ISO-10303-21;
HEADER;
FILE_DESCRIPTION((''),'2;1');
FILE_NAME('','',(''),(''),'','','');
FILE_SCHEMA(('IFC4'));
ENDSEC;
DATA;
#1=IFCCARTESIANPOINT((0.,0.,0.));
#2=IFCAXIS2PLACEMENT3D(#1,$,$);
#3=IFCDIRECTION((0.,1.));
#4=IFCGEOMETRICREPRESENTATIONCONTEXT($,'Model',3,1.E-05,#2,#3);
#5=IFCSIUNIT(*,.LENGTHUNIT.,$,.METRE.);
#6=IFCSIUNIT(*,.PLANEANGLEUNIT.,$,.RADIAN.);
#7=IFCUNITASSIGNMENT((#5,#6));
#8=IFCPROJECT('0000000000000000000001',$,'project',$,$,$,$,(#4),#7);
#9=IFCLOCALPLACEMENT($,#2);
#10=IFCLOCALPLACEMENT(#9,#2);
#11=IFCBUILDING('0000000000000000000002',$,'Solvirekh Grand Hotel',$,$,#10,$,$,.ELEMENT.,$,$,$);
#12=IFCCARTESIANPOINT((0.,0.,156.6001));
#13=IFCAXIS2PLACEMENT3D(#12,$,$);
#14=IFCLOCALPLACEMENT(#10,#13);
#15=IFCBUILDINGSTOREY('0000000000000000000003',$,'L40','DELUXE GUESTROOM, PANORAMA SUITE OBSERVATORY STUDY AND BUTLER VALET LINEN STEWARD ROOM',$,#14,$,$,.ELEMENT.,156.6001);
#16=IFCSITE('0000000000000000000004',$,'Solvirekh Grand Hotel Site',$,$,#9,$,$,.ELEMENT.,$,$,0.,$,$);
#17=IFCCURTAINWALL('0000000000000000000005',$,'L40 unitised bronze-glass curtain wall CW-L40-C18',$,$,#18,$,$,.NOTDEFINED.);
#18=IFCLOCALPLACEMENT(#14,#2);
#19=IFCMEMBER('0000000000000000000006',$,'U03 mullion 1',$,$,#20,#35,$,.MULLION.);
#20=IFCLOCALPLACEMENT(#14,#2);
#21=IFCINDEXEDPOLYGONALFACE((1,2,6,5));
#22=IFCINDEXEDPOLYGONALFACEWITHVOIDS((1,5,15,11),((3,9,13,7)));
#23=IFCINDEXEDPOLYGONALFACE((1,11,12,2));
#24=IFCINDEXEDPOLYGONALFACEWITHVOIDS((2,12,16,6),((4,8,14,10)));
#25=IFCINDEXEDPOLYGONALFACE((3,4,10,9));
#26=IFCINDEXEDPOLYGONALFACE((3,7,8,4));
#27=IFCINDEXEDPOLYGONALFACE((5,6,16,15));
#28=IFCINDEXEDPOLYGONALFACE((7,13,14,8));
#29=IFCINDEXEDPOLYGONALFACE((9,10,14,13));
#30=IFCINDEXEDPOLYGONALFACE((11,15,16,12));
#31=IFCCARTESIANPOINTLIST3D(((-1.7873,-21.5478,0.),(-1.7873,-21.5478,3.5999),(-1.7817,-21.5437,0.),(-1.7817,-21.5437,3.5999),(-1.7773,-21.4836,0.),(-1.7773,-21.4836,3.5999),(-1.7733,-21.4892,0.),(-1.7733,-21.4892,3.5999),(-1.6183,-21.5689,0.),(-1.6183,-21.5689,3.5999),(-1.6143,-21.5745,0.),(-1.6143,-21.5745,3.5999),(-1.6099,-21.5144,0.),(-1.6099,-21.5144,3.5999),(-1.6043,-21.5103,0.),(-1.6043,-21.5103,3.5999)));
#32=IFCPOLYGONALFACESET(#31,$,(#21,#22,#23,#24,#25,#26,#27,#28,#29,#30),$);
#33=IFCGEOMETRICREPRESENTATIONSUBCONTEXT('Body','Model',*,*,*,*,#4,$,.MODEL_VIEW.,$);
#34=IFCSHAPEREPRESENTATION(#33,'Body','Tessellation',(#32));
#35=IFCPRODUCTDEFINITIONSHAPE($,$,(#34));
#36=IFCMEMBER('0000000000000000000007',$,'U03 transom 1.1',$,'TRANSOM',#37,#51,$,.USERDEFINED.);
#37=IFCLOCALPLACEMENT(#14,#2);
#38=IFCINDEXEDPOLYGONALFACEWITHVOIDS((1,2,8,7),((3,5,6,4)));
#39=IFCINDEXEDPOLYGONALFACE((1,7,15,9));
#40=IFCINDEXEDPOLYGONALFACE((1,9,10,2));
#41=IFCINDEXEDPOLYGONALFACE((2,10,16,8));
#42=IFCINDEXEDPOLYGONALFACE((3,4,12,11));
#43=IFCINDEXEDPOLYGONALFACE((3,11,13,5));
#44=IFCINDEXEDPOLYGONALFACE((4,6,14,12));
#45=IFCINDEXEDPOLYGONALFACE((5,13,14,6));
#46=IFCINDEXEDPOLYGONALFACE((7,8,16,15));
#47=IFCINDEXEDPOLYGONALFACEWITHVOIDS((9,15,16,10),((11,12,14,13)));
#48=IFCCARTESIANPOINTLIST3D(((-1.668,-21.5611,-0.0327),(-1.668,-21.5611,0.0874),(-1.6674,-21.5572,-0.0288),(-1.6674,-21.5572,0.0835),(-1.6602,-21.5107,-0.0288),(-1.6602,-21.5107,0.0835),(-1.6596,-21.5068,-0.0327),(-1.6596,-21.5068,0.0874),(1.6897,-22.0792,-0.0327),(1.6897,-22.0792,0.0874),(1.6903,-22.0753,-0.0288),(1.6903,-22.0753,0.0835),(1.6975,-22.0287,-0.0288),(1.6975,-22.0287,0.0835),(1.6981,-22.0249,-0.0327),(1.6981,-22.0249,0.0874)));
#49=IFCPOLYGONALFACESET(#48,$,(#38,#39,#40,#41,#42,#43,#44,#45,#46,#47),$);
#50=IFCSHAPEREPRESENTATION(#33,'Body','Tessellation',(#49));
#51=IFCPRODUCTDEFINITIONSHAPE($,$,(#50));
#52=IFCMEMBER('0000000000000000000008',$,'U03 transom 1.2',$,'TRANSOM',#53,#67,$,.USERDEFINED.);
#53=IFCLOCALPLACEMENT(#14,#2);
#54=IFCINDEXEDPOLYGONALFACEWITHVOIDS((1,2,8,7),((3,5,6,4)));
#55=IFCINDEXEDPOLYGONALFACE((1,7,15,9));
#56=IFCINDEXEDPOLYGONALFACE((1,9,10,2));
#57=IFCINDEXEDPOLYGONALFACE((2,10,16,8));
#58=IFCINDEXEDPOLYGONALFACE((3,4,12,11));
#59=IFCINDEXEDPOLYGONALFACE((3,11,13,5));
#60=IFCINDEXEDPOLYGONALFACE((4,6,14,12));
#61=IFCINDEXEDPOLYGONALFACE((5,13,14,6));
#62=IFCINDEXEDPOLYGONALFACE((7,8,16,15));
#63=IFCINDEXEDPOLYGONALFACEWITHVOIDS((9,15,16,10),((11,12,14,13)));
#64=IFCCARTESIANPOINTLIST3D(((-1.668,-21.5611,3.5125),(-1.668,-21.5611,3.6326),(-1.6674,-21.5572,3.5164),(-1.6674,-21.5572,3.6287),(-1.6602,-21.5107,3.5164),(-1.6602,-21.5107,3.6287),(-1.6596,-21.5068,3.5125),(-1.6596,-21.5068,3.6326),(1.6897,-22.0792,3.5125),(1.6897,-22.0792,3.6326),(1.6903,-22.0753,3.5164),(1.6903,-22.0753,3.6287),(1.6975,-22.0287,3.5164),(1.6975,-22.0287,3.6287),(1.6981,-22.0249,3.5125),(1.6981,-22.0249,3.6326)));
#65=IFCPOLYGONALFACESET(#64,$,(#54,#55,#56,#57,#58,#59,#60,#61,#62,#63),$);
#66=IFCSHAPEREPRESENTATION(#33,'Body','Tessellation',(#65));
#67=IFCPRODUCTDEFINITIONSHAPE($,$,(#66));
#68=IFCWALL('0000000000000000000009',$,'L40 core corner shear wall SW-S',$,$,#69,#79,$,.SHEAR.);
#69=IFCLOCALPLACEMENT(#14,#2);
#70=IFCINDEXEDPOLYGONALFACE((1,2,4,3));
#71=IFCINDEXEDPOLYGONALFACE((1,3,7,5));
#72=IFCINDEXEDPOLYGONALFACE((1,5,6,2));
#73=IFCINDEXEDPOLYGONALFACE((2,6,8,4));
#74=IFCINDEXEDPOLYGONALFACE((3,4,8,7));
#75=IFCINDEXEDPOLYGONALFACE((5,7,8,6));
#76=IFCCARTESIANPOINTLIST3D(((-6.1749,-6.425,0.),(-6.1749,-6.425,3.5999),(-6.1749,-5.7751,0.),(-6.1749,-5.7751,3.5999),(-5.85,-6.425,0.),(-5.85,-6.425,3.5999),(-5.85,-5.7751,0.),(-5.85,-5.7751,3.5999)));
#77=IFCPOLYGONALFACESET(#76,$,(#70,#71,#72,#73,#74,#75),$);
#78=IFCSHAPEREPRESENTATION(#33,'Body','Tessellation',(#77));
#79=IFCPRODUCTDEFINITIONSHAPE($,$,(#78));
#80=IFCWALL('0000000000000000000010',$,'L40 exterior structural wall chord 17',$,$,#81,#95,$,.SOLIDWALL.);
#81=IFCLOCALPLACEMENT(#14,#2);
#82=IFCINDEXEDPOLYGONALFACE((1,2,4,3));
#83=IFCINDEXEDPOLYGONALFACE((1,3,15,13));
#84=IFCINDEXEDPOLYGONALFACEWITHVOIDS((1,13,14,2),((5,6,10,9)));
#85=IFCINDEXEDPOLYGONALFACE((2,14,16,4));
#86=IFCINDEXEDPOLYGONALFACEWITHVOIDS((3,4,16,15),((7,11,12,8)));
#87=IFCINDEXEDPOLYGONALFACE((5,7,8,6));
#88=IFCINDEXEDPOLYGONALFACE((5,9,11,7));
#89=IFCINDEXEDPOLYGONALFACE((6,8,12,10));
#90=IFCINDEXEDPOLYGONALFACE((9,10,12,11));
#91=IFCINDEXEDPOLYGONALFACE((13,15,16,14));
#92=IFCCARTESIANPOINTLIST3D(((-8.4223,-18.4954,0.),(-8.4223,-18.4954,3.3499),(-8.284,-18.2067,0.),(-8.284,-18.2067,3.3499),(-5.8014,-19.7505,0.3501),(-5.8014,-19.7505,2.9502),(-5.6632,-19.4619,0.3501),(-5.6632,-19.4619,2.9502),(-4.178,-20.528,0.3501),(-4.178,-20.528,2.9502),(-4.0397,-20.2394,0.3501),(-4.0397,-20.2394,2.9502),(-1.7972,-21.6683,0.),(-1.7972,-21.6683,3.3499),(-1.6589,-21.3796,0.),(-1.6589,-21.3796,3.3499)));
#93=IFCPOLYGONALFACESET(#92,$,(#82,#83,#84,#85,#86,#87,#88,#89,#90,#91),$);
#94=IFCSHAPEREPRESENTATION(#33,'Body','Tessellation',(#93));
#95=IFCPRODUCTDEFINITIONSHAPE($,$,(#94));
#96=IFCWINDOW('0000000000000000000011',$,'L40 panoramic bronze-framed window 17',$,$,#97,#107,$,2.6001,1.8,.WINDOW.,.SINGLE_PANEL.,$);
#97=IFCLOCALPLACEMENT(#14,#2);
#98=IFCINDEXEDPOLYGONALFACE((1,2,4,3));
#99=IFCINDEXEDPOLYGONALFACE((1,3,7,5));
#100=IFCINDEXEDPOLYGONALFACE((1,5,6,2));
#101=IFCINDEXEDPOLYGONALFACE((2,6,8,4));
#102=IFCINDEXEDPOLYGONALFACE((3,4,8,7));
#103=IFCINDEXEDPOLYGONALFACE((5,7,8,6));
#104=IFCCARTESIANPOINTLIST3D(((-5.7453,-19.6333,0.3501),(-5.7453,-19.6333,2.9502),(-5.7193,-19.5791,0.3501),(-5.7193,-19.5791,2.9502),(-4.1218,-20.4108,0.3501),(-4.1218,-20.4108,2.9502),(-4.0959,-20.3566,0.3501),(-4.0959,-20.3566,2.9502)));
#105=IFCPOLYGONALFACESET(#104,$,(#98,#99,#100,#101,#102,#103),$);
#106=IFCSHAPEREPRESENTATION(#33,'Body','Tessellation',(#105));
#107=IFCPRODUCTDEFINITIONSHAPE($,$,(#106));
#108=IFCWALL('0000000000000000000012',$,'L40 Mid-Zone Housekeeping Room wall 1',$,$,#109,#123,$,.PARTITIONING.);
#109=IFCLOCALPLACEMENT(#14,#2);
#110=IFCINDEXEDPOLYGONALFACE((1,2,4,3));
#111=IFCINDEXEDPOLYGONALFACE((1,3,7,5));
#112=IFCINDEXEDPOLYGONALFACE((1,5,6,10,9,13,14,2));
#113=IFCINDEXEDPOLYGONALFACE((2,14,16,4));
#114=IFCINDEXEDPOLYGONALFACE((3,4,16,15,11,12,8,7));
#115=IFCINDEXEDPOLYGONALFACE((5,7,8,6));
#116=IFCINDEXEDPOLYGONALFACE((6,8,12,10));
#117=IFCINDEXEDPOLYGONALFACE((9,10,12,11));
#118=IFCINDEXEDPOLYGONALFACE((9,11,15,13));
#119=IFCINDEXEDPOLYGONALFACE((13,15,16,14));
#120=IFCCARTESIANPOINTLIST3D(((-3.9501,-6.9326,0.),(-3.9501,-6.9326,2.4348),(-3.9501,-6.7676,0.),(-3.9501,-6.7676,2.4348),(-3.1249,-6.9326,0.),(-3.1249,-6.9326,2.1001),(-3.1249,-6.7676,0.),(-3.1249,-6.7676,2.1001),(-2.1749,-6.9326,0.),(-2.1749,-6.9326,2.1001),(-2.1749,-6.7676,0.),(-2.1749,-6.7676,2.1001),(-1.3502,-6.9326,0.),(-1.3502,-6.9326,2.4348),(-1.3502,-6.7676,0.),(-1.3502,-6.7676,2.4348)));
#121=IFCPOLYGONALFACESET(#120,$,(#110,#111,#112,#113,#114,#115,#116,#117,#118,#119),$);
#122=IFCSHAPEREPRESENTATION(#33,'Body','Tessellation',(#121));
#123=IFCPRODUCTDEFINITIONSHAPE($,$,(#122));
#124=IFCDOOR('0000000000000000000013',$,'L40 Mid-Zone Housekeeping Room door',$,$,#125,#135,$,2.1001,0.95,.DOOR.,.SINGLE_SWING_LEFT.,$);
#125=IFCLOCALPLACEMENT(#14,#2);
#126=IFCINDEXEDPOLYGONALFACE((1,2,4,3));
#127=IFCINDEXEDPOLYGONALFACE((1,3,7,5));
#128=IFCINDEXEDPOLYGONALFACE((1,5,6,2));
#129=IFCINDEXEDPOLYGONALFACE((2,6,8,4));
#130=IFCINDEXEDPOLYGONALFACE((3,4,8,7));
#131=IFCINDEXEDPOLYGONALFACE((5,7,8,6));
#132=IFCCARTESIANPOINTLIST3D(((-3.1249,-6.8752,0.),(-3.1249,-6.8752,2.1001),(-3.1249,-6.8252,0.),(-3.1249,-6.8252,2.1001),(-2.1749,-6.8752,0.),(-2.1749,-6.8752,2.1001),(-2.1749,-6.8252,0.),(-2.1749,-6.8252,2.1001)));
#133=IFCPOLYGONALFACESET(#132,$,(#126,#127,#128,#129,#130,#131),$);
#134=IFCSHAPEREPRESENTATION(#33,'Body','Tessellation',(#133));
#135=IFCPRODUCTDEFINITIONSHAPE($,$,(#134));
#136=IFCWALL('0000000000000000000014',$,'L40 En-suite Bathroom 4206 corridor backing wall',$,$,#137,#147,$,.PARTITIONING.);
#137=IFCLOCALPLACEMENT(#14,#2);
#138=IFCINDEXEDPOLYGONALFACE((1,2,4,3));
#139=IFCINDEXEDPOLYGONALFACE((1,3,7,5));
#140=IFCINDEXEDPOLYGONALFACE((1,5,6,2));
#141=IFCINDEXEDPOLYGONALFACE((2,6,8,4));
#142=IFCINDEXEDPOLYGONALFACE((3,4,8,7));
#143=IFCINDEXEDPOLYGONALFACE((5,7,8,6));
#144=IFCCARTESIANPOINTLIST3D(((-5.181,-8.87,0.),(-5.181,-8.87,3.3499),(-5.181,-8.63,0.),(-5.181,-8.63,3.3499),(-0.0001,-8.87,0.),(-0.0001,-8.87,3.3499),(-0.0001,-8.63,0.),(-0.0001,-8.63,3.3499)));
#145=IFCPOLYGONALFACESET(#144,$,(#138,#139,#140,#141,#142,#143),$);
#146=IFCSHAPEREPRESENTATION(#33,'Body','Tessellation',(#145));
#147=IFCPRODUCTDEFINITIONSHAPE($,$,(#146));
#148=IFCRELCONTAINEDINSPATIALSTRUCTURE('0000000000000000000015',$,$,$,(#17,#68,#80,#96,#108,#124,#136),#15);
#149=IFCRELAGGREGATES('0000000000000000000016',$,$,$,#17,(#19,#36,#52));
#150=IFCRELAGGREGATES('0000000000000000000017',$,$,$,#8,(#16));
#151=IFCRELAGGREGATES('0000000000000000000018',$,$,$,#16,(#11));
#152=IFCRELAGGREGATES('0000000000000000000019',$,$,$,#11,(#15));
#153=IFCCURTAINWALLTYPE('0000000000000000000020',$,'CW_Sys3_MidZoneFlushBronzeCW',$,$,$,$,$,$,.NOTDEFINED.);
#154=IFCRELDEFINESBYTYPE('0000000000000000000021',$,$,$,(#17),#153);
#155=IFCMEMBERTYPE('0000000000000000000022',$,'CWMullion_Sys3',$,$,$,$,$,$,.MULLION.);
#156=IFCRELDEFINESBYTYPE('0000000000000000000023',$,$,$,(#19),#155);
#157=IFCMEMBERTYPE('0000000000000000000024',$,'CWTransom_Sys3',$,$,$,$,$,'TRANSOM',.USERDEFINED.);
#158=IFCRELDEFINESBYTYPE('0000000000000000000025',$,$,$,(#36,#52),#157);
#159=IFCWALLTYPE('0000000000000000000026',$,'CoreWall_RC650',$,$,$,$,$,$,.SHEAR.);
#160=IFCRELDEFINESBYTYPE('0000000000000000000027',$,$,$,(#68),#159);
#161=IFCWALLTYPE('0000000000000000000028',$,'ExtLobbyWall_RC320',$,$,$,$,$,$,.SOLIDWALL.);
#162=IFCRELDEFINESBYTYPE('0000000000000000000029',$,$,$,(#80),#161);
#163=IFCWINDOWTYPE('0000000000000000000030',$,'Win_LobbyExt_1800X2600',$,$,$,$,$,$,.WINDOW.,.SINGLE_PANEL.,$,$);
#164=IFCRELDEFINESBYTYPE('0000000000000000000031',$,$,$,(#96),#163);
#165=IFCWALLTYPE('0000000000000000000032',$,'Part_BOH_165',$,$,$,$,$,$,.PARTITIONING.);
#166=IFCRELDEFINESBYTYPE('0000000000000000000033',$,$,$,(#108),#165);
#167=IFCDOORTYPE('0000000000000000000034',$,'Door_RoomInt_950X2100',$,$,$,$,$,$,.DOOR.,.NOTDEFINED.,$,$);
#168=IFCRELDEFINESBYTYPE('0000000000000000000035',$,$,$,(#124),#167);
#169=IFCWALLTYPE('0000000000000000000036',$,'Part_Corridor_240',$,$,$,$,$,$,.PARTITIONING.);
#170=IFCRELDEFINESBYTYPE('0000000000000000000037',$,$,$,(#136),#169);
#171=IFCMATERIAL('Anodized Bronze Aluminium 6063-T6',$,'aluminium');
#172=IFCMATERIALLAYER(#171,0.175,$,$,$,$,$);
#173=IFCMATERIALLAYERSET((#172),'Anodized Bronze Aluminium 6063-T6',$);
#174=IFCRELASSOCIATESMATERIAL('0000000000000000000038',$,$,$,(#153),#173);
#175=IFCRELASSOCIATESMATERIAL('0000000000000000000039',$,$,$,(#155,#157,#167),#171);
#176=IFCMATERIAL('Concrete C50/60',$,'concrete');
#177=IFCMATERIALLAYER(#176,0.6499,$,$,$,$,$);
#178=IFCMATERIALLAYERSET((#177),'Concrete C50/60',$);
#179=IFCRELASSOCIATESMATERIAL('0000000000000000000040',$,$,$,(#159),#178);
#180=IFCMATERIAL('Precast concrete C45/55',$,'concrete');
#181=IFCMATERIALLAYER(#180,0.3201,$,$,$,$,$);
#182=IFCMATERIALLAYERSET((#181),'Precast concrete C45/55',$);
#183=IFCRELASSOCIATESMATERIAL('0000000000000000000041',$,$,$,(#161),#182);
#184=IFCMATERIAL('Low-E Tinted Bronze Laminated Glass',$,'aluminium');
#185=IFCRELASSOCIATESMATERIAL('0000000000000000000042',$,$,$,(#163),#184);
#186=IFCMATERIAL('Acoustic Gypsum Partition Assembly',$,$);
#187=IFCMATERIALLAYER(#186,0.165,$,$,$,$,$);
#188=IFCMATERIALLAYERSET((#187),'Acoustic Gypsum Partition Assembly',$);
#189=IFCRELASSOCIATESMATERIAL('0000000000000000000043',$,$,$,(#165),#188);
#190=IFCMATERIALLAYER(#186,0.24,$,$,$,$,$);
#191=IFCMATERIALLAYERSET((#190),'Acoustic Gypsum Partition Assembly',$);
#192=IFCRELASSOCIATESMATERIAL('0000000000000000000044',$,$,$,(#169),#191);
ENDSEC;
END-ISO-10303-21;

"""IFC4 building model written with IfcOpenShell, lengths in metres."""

from ifc_helpers import new_model, si_unit, direction, frame, frame_2d, origin, origin_2d, place, context, subcontext, project, spatial, rectangle, hollow_rectangle, extrude, source, transform, mapped, material, layer, layer_set, material_profile, profile_set, type_object, element, fill, aggregate, save


model = new_model("IFC4")

# Units and contexts
model_context = context("Model", 3, precision=1e-05, world=origin(), true_north=direction((0.0, 1.0)))
body_context = subcontext(model_context, "Body", "Model", "MODEL_VIEW")
ifc_project = project(units=[si_unit("LENGTHUNIT", "METRE"), si_unit("PLANEANGLEUNIT", "RADIAN")], contexts=[model_context])

# Site, building, storey
site_placement = place(None, origin())
site = spatial("IfcSite", under=ifc_project, at=site_placement, Name="Solvirekh Grand Hotel Site", CompositionType="ELEMENT", RefElevation=0.0)
building_placement = place(site_placement, origin())
building = spatial("IfcBuilding", under=site, at=building_placement, Name="Solvirekh Grand Hotel", CompositionType="ELEMENT")
storey_placement = place(building_placement, frame((0.0, 0.0, 156.6001)))
storey = spatial("IfcBuildingStorey", under=building, at=storey_placement, Name="L40", Description="DELUXE GUESTROOM, PANORAMA SUITE OBSERVATORY STUDY AND BUTLER VALET LINEN STEWARD ROOM", CompositionType="ELEMENT", Elevation=156.6001)

# Shared definitions
ifc_material_1 = material(Name="Concrete C50/60", Category="concrete")

# Curtain wall, members
ifc_material_2 = material(Name="Anodized Bronze Aluminium 6063-T6", Category="aluminium")
ifc_layer_1 = layer(ifc_material_2, 0.175)
ifc_layer_set_1 = layer_set([ifc_layer_1], Name="Anodized Bronze Aluminium 6063-T6")
curtain_wall_type = type_object("IfcCurtainWallType", Name="CW_Sys3_MidZoneFlushBronzeCW", PredefinedType="NOTDEFINED", material=ifc_layer_set_1)
curtain_wall_placement = place(storey_placement, origin())
curtain_wall = element("IfcCurtainWall", 1, at=curtain_wall_placement, inside=storey, type_object=curtain_wall_type, Name="L40 unitised bronze-glass curtain wall CW-L40-C18", PredefinedType="NOTDEFINED")
ifc_material_profile_1 = material_profile(ifc_material_2, hollow_rectangle(XDim=0.0649, YDim=0.175, WallThickness=0.0049, at=origin_2d()), Name="ALU RHS 175X65X5")
ifc_profile_set_1 = profile_set([ifc_material_profile_1], Name="Anodized Bronze Aluminium 6063-T6")
member_type_1 = type_object("IfcMemberType", Name="CWMullion_Sys3", PredefinedType="MULLION", material=ifc_profile_set_1)
shared_shape_1 = source(origin(), body_context, "Body", "SweptSolid", [
    extrude(hollow_rectangle(XDim=0.0649, YDim=0.175, WallThickness=0.0049, at=origin_2d()), origin(), (0.0, 0.0, 1.0), 3.5999),
])
member_1_placement = place(storey_placement, frame((-1.6958, -21.5291, 0.0), z_axis=(0.0, 0.0, 1.0), x_axis=(0.152509, 0.988302, 0.0)))
member_1 = element("IfcMember", 2, at=member_1_placement, type_object=member_type_1, Name="U03 mullion 1", PredefinedType="MULLION", context=body_context, shape_type="MappedRepresentation", body=[
    mapped(shared_shape_1, transform((0.0, 0.0, 0.0), x_axis=(1.0, 0.0, 0.0), y_axis=(0.0, 1.0, 0.0), z_axis=(0.0, 0.0, 1.0), scale=1.0)),
])
ifc_material_profile_2 = material_profile(ifc_material_2, hollow_rectangle(XDim=0.0549, YDim=0.1201, WallThickness=0.0039, at=origin_2d()), Name="ALU RHS 120X55X4")
ifc_profile_set_2 = profile_set([ifc_material_profile_2], Name="Anodized Bronze Aluminium 6063-T6")
member_type_2 = type_object("IfcMemberType", Name="CWTransom_Sys3", ElementType="TRANSOM", PredefinedType="USERDEFINED", material=ifc_profile_set_2)
shared_shape_2 = source(origin(), body_context, "Body", "SweptSolid", [
    extrude(hollow_rectangle(XDim=0.0549, YDim=0.1201, WallThickness=0.0039, at=origin_2d()), origin(), (0.0, 0.0, 1.0), 3.3975),
])
member_2_placement = place(storey_placement, frame((-1.6638, -21.5339, 0.0273), z_axis=(0.988305, -0.152489, 0.0), x_axis=(0.152489, 0.988305, 0.0)))
member_2 = element("IfcMember", 3, at=member_2_placement, type_object=member_type_2, Name="U03 transom 1.1", ObjectType="TRANSOM", PredefinedType="USERDEFINED", context=body_context, shape_type="MappedRepresentation", body=[
    mapped(shared_shape_2, transform((0.0, 0.0, 0.0), x_axis=(1.0, 0.0, 0.0), y_axis=(0.0, 1.0, 0.0), z_axis=(0.0, 0.0, 1.0), scale=1.0)),
])
member_3_placement = place(storey_placement, frame((-1.6638, -21.5339, 3.5725), z_axis=(0.988305, -0.152489, 0.0), x_axis=(0.152489, 0.988305, 0.0)))
member_3 = element("IfcMember", 4, at=member_3_placement, type_object=member_type_2, Name="U03 transom 1.2", ObjectType="TRANSOM", PredefinedType="USERDEFINED", context=body_context, shape_type="MappedRepresentation", body=[
    mapped(shared_shape_2, transform((0.0, 0.0, 0.0), x_axis=(1.0, 0.0, 0.0), y_axis=(0.0, 1.0, 0.0), z_axis=(0.0, 0.0, 1.0), scale=1.0)),
])
aggregate(curtain_wall, [member_1, member_2, member_3])

# Wall
ifc_layer_2 = layer(ifc_material_1, 0.6499)
ifc_layer_set_2 = layer_set([ifc_layer_2], Name="Concrete C50/60")
wall_type_1 = type_object("IfcWallType", Name="CoreWall_RC650", PredefinedType="SHEAR", material=ifc_layer_set_2)
wall_1_placement = place(storey_placement, frame((-6.175, -6.1001, 0.0), z_axis=(0.0, 0.0, 1.0), x_axis=(1.0, 0.0, 0.0)))
element("IfcWall", 5, at=wall_1_placement, inside=storey, type_object=wall_type_1, Name="L40 core corner shear wall SW-S", PredefinedType="SHEAR", context=body_context, shape_type="SweptSolid", body=[
    extrude(rectangle(XDim=0.325, YDim=0.6499, at=frame_2d((0.1626, 0.0))), origin(), (0.0, 0.0, 1.0), 3.5999),
])

# Wall, opening, window
ifc_material_3 = material(Name="Precast concrete C45/55", Category="concrete")
ifc_layer_3 = layer(ifc_material_3, 0.3201)
ifc_layer_set_3 = layer_set([ifc_layer_3], Name="Precast concrete C45/55")
wall_type_2 = type_object("IfcWallType", Name="ExtLobbyWall_RC320", PredefinedType="SOLIDWALL", material=ifc_layer_set_3)
wall_2_placement = place(storey_placement, frame((-1.728, -21.5239, 0.0), z_axis=(0.0, 0.0, 1.0), x_axis=(-0.901902, 0.43194, 0.0)))
wall_2 = element("IfcWall", 6, at=wall_2_placement, inside=storey, type_object=wall_type_2, Name="L40 exterior structural wall chord 17", PredefinedType="SOLIDWALL", context=body_context, shape_type="SweptSolid", body=[
    extrude(rectangle(XDim=7.3457, YDim=0.3201, at=frame_2d((3.6729, 0.0))), origin(), (0.0, 0.0, 1.0), 3.3499),
])
opening_1_placement = place(wall_2_placement, frame((2.6399, 0.0, 0.3501)))
opening_1 = element("IfcOpeningElement", 7, at=opening_1_placement, cuts=wall_2, PredefinedType="OPENING", context=body_context, shape_type="SweptSolid", body=[
    extrude(rectangle(XDim=1.8, YDim=2.6001, at=frame_2d((0.8999, 1.3))), frame((0.0, 0.1699, 0.0), z_axis=(0.0, -1.0, 0.0), x_axis=(1.0, 0.0, 0.0)), (0.0, 0.0, 1.0), 0.3401),
])
ifc_material_4 = material(Name="Low-E Tinted Bronze Laminated Glass", Category="aluminium")
window_type = type_object("IfcWindowType", Name="Win_LobbyExt_1800X2600", PartitioningType="SINGLE_PANEL", PredefinedType="WINDOW", material=ifc_material_4)
window_placement = place(opening_1_placement, origin())
window = element("IfcWindow", 8, at=window_placement, inside=storey, type_object=window_type, Name="L40 panoramic bronze-framed window 17", OverallHeight=2.6001, OverallWidth=1.8, PartitioningType="SINGLE_PANEL", PredefinedType="WINDOW", context=body_context, shape_type="SweptSolid", body=[
    extrude(rectangle(XDim=1.8, YDim=2.6001, at=frame_2d((0.8999, 1.3))), frame((0.0, 0.03, 0.0), z_axis=(0.0, -1.0, 0.0), x_axis=(1.0, 0.0, 0.0)), (0.0, 0.0, 1.0), 0.0601),
])
fill(opening_1, window)

# Wall, opening, door
ifc_material_5 = material(Name="Acoustic Gypsum Partition Assembly")
ifc_layer_4 = layer(ifc_material_5, 0.165)
ifc_layer_set_4 = layer_set([ifc_layer_4], Name="Acoustic Gypsum Partition Assembly")
wall_type_3 = type_object("IfcWallType", Name="Part_BOH_165", PredefinedType="PARTITIONING", material=ifc_layer_set_4)
wall_3_placement = place(storey_placement, frame((-3.95, -6.8501, 0.0), z_axis=(0.0, 0.0, 1.0), x_axis=(1.0, 0.0, 0.0)))
wall_3 = element("IfcWall", 9, at=wall_3_placement, inside=storey, type_object=wall_type_3, Name="L40 Mid-Zone Housekeeping Room wall 1", PredefinedType="PARTITIONING", context=body_context, shape_type="SweptSolid", body=[
    extrude(rectangle(XDim=2.5999, YDim=0.165, at=frame_2d((1.2998, 0.0))), origin(), (0.0, 0.0, 1.0), 2.4348),
])
opening_2_placement = place(wall_3_placement, frame((0.825, 0.0, 0.0)))
opening_2 = element("IfcOpeningElement", 10, at=opening_2_placement, cuts=wall_3, PredefinedType="OPENING", context=body_context, shape_type="SweptSolid", body=[
    extrude(rectangle(XDim=0.95, YDim=2.1001, at=frame_2d((0.4751, 1.05))), frame((0.0, 0.0925, 0.0), z_axis=(0.0, -1.0, 0.0), x_axis=(1.0, 0.0, 0.0)), (0.0, 0.0, 1.0), 0.1851),
])
door_type_1 = type_object("IfcDoorType", Name="Door_RoomInt_950X2100", OperationType="NOTDEFINED", PredefinedType="DOOR", material=ifc_material_2)
door_1_placement = place(opening_2_placement, origin())
door_1 = element("IfcDoor", 11, at=door_1_placement, inside=storey, type_object=door_type_1, Name="L40 Mid-Zone Housekeeping Room door", OperationType="SINGLE_SWING_LEFT", OverallHeight=2.1001, OverallWidth=0.95, PredefinedType="DOOR", context=body_context, shape_type="SweptSolid", body=[
    extrude(rectangle(XDim=0.95, YDim=2.1001, at=frame_2d((0.4751, 1.05))), frame((0.0, 0.0249, 0.0), z_axis=(0.0, -1.0, 0.0), x_axis=(1.0, 0.0, 0.0)), (0.0, 0.0, 1.0), 0.05),
])
fill(opening_2, door_1)

# Wall
ifc_layer_5 = layer(ifc_material_5, 0.24)
ifc_layer_set_5 = layer_set([ifc_layer_5], Name="Acoustic Gypsum Partition Assembly")
wall_type_4 = type_object("IfcWallType", Name="Part_Corridor_240", PredefinedType="PARTITIONING", material=ifc_layer_set_5)
wall_4_placement = place(storey_placement, frame((-5.1809, -8.75, 0.0), z_axis=(0.0, 0.0, 1.0), x_axis=(1.0, 0.0, 0.0)))
element("IfcWall", 12, at=wall_4_placement, inside=storey, type_object=wall_type_4, Name="L40 En-suite Bathroom 4206 corridor backing wall", PredefinedType="PARTITIONING", context=body_context, shape_type="SweptSolid", body=[
    extrude(rectangle(XDim=5.1809, YDim=0.24, at=frame_2d((2.5903, 0.0))), origin(), (0.0, 0.0, 1.0), 3.3499),
])

save(model, "model.ifc")
